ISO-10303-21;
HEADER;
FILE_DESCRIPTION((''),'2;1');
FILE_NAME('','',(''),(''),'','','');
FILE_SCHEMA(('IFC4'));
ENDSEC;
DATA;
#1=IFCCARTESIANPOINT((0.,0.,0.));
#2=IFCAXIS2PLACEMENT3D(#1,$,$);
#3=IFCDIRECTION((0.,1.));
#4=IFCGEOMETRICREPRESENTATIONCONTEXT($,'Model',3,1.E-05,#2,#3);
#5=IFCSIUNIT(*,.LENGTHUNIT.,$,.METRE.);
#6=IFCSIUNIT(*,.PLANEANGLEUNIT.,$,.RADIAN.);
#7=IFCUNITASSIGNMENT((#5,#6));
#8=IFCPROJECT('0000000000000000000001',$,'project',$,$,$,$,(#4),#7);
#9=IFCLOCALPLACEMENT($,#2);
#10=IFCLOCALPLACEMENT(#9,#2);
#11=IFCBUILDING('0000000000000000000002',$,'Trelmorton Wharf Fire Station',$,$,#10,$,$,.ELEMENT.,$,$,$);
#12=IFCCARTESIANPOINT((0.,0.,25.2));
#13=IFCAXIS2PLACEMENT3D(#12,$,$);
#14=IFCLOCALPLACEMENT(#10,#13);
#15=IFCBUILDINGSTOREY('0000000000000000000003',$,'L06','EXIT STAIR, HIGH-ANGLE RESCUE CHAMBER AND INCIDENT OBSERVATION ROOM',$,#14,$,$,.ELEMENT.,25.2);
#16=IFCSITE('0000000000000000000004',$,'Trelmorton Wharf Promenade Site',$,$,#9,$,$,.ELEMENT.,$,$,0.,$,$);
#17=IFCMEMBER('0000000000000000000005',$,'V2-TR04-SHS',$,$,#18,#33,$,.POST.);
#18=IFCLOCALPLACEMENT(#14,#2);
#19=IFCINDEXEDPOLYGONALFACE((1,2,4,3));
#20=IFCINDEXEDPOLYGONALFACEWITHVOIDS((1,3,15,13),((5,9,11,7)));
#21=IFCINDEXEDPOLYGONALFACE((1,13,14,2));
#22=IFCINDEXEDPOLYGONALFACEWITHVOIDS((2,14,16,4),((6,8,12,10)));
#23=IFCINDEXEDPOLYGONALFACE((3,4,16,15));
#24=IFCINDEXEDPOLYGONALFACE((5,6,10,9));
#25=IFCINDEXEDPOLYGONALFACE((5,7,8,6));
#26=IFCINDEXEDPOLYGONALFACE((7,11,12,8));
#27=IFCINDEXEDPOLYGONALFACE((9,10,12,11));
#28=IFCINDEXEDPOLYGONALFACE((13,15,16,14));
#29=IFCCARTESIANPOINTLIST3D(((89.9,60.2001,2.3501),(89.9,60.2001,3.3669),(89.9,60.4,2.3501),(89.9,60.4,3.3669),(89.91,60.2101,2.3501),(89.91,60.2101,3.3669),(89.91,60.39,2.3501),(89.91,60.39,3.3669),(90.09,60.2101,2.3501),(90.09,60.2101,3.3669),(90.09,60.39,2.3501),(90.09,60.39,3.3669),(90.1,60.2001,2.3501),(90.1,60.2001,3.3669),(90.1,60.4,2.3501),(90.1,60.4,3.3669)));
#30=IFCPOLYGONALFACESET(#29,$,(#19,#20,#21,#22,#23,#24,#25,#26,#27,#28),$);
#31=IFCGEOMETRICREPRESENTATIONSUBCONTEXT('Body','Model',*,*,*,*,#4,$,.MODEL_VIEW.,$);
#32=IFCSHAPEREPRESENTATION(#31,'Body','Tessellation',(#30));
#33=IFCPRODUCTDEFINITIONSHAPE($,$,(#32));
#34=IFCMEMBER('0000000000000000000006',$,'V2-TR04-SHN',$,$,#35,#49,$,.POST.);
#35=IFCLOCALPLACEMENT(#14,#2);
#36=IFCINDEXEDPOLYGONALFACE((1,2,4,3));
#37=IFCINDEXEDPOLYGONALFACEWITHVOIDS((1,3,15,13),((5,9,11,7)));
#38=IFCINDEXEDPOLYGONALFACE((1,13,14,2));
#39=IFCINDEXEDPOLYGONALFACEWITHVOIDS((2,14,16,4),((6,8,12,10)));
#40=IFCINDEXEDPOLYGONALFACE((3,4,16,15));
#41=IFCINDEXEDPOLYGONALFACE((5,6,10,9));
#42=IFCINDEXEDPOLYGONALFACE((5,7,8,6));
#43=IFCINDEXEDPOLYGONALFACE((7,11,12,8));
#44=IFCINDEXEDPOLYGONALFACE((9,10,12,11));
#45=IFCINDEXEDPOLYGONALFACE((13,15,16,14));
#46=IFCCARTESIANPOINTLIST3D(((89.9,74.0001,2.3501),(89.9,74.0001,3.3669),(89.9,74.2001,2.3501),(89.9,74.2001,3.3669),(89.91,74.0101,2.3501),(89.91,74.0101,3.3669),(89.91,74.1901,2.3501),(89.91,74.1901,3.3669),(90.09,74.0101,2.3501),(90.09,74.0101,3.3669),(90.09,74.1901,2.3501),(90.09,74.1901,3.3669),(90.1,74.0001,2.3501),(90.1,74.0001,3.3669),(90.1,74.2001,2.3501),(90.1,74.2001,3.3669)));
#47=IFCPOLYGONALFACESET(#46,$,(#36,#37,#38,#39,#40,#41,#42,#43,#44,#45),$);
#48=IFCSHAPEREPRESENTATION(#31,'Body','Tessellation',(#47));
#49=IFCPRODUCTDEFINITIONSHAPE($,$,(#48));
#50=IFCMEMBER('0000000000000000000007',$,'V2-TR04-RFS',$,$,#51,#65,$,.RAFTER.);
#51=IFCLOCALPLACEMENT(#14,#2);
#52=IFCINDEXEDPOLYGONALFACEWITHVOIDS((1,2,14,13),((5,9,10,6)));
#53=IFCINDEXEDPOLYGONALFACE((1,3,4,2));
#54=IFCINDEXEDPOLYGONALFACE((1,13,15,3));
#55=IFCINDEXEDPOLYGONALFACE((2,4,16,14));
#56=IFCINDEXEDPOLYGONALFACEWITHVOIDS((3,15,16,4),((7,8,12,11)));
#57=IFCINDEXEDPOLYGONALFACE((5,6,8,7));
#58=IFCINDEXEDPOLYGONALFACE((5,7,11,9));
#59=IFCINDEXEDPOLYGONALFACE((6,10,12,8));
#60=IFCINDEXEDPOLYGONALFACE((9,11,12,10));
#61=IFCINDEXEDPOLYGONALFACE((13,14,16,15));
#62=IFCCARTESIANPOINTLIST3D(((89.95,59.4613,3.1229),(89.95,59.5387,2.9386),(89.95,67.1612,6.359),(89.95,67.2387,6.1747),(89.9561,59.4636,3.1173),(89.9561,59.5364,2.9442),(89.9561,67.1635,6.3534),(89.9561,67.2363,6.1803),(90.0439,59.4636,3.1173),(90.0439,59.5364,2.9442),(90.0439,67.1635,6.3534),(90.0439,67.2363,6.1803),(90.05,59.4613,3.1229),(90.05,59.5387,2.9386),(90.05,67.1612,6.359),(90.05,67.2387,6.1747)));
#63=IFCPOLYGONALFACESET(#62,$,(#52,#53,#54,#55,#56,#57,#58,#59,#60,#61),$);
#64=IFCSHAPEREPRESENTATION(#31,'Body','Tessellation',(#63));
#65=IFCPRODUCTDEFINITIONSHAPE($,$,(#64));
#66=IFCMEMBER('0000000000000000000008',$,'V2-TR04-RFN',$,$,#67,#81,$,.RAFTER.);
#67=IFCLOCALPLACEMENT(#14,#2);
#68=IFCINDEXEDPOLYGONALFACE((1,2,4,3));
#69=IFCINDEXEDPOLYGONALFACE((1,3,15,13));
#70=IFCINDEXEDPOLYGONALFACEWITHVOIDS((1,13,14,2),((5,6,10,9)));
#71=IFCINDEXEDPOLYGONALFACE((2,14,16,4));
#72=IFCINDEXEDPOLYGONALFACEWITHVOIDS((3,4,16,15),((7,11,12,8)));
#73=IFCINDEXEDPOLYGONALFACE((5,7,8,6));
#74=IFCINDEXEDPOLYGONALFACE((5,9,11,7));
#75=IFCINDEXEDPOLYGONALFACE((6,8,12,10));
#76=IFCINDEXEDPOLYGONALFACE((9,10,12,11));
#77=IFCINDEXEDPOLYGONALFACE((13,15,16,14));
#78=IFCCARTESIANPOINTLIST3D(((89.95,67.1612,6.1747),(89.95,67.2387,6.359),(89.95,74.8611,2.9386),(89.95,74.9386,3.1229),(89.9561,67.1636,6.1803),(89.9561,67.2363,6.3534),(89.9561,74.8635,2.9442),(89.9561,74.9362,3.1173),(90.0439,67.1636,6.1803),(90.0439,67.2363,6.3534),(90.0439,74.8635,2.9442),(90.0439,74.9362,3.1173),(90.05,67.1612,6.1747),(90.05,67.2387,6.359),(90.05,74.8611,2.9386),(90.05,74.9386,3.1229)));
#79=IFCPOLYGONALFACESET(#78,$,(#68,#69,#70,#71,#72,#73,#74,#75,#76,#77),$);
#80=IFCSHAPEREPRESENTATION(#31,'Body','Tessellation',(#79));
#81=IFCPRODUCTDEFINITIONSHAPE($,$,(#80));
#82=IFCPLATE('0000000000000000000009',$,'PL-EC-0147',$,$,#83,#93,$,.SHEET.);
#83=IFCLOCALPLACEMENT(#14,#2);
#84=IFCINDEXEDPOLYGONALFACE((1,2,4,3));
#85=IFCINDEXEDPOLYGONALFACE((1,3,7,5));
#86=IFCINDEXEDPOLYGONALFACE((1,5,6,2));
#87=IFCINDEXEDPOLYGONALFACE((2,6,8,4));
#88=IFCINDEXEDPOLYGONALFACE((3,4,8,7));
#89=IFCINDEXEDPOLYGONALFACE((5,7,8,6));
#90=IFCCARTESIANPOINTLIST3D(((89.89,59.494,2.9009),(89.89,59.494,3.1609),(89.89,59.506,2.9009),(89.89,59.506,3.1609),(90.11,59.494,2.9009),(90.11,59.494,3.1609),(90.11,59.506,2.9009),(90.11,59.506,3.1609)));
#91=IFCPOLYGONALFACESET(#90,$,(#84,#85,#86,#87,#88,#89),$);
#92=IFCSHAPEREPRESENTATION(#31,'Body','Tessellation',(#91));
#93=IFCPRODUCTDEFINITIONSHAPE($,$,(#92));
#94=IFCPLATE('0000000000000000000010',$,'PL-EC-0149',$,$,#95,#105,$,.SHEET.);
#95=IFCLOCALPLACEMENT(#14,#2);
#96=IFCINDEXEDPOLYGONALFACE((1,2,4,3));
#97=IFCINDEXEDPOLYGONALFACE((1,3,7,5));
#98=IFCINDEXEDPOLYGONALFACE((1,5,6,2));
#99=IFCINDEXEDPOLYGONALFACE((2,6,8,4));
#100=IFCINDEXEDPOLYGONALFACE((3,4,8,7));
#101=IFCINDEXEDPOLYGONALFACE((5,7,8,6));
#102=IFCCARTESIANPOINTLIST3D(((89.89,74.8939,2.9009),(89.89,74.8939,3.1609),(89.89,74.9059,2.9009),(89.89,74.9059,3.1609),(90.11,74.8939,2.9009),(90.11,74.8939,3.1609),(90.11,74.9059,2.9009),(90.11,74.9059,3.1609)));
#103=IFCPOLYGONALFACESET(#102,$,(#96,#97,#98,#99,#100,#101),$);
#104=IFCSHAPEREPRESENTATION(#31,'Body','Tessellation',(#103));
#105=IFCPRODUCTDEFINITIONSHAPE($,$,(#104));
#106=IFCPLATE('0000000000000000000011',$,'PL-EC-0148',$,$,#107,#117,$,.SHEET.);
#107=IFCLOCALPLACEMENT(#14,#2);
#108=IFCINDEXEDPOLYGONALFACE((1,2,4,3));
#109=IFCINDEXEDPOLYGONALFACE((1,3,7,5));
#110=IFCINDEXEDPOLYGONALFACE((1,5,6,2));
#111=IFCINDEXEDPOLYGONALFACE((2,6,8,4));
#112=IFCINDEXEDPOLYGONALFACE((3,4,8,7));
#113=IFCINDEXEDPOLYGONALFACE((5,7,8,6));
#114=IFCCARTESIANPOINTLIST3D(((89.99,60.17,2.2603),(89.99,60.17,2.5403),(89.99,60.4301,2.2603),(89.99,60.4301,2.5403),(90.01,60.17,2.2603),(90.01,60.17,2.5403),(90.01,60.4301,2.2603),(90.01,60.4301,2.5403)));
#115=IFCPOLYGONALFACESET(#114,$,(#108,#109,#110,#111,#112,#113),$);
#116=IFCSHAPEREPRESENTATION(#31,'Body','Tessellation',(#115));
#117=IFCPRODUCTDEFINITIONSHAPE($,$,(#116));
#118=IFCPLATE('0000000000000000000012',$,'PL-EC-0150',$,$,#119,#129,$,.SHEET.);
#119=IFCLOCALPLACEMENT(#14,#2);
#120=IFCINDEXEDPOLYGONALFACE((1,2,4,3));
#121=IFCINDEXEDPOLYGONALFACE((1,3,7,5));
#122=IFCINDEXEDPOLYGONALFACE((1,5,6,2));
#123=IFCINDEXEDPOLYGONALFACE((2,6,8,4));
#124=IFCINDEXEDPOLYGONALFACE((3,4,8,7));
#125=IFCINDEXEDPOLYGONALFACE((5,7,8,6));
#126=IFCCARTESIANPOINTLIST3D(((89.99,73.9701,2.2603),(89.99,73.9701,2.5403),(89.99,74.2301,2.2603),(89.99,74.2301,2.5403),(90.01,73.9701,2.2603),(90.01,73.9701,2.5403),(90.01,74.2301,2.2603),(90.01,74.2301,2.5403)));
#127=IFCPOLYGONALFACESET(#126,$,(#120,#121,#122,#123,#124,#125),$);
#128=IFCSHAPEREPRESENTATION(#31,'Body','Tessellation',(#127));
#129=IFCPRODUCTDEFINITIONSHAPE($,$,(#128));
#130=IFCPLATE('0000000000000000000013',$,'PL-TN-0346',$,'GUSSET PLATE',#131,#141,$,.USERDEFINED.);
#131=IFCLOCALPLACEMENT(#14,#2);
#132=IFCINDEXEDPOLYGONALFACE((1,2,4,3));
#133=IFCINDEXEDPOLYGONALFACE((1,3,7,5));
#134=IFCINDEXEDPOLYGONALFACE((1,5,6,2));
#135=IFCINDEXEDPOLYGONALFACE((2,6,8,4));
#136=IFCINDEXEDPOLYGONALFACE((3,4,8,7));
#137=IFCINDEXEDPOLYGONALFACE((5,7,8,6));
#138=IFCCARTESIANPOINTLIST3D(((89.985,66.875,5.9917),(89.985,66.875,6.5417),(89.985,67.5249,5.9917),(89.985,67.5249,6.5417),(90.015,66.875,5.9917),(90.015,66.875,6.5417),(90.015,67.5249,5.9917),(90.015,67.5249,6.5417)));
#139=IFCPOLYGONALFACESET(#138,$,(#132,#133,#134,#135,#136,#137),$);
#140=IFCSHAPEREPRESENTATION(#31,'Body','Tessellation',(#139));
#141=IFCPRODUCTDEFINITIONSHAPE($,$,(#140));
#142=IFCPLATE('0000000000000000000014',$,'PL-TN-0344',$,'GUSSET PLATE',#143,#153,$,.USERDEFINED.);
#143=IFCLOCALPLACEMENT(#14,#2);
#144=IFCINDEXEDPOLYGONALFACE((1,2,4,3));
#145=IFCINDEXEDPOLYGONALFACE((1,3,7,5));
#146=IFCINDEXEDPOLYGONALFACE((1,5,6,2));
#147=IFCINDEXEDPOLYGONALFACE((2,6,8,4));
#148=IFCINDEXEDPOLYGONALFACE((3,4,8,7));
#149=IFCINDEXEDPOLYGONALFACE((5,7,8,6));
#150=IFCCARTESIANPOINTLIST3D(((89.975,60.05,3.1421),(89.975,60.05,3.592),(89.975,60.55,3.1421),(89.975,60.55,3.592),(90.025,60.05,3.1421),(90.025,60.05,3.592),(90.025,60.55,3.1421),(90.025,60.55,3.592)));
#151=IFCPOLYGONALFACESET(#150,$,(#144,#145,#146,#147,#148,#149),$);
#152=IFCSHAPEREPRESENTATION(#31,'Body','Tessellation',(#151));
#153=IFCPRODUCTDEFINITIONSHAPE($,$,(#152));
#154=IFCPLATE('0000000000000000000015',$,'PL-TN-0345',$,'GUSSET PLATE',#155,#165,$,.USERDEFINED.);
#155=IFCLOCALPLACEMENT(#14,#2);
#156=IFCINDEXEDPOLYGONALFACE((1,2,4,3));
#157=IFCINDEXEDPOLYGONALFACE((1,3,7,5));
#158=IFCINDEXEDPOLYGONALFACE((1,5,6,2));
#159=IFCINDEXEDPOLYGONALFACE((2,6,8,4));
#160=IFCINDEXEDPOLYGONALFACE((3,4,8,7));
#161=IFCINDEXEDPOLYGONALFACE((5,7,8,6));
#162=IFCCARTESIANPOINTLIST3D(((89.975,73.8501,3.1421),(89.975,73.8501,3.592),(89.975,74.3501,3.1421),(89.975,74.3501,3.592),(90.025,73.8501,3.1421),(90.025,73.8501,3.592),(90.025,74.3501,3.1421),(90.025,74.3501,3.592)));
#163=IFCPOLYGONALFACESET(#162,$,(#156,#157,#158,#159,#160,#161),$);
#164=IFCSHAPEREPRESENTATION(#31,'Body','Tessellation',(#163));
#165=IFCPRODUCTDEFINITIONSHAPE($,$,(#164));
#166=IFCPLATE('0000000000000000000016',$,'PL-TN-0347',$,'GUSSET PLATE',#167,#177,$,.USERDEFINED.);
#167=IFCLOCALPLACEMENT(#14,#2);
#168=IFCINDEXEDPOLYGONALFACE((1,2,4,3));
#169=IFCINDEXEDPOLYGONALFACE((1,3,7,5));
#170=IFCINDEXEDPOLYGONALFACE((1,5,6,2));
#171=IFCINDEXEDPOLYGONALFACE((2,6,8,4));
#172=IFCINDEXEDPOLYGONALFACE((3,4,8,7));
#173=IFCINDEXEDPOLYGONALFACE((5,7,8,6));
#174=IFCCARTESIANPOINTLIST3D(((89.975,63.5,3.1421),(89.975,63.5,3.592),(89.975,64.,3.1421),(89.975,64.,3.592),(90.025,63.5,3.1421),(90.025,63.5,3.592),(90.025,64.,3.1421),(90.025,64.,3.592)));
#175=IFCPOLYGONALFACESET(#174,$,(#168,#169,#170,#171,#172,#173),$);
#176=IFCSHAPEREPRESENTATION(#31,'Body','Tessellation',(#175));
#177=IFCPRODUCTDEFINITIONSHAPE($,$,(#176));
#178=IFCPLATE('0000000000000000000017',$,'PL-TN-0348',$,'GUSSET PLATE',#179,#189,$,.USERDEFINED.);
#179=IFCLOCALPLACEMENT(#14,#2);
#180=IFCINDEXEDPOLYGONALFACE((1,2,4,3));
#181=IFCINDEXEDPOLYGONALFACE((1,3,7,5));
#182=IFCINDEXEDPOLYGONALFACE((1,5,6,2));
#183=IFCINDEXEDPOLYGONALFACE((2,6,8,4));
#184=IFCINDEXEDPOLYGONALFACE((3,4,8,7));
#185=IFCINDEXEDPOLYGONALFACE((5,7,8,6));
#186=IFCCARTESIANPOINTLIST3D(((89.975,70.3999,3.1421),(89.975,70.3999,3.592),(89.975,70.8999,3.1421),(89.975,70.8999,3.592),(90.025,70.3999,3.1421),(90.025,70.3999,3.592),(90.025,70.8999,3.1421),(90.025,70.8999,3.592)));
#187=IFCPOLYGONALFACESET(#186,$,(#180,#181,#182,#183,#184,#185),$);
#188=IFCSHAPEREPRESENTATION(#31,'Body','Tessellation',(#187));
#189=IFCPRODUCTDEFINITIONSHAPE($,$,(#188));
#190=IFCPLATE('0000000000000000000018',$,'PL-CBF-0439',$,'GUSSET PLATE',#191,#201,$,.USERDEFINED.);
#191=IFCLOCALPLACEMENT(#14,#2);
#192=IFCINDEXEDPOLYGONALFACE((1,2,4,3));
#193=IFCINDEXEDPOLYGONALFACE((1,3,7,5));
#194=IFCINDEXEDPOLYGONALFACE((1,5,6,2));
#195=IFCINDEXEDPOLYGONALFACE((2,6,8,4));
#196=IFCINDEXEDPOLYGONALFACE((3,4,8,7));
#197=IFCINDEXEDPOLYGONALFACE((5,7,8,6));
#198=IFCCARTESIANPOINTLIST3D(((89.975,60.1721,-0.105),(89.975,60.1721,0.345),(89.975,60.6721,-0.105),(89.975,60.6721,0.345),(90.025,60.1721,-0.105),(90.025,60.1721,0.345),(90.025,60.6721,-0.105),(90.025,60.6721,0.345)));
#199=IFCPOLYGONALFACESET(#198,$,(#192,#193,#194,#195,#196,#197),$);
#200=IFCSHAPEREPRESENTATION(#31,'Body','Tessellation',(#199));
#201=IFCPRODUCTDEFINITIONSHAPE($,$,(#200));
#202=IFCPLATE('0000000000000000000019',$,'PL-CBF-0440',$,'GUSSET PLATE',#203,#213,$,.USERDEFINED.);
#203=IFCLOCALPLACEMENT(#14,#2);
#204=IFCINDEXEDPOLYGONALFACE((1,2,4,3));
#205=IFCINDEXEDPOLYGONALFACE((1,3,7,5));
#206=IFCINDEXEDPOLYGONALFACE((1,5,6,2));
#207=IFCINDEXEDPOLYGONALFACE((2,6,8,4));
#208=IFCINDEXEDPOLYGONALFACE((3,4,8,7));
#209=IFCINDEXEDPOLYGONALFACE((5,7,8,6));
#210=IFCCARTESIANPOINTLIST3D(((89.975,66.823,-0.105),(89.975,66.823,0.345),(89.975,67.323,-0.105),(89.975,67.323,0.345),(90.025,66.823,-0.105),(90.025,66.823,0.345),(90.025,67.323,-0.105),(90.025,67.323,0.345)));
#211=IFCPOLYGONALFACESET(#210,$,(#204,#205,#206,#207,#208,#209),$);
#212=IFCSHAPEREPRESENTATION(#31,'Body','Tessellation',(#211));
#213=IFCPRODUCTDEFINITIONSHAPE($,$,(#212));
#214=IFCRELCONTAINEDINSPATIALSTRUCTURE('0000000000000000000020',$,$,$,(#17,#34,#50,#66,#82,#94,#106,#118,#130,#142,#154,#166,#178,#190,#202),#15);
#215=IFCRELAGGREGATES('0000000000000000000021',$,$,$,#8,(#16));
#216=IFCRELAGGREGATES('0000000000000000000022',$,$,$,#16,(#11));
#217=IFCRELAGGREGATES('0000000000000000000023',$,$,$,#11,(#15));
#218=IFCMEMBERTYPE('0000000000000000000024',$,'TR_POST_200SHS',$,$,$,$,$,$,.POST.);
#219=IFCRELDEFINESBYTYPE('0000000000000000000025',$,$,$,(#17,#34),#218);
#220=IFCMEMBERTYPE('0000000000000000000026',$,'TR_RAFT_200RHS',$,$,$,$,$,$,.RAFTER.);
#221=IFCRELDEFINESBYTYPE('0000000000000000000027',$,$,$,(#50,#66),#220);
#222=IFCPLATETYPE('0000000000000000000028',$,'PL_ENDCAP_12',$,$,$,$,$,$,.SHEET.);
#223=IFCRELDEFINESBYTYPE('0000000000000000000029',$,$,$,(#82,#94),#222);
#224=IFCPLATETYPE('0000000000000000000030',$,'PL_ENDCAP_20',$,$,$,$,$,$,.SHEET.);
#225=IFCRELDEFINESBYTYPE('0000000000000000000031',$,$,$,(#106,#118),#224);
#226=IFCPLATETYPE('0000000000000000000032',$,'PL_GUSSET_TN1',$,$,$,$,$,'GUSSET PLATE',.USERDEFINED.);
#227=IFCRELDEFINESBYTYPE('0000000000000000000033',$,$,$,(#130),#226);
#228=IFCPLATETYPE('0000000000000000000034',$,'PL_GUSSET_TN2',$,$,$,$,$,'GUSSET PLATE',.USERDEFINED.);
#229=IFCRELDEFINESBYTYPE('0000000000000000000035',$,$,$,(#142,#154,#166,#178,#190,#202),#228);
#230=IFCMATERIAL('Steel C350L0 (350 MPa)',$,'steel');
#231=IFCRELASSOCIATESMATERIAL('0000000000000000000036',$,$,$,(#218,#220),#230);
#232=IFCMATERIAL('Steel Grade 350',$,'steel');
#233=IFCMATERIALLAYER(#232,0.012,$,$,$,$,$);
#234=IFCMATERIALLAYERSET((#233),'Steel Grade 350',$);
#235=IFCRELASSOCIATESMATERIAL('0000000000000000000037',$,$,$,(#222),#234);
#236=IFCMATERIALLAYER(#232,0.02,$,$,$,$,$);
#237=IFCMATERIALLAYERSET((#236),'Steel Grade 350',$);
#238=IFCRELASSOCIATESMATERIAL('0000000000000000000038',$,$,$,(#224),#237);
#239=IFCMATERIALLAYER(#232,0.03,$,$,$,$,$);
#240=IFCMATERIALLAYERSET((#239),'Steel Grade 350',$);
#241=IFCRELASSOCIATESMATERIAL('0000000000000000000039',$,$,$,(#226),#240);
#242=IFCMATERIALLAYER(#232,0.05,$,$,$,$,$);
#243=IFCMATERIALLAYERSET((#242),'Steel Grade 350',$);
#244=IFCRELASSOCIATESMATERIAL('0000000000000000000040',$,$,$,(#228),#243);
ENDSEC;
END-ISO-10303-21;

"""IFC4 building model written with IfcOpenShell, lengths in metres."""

from ifc_helpers import new_model, si_unit, direction, frame, origin, origin_2d, place, context, subcontext, project, spatial, rectangle, hollow_rectangle, extrude, material, layer, layer_set, material_profile, profile_set, type_object, element, save


model = new_model("IFC4")

# Units and contexts
model_context = context("Model", 3, precision=1e-05, world=origin(), true_north=direction((0.0, 1.0)))
body_context = subcontext(model_context, "Body", "Model", "MODEL_VIEW")
ifc_project = project(units=[si_unit("LENGTHUNIT", "METRE"), si_unit("PLANEANGLEUNIT", "RADIAN")], contexts=[model_context])

# Site, building, storey
site_placement = place(None, origin())
site = spatial("IfcSite", under=ifc_project, at=site_placement, Name="Trelmorton Wharf Promenade Site", CompositionType="ELEMENT", RefElevation=0.0)
building_placement = place(site_placement, origin())
building = spatial("IfcBuilding", under=site, at=building_placement, Name="Trelmorton Wharf Fire Station", CompositionType="ELEMENT")
storey_placement = place(building_placement, frame((0.0, 0.0, 25.2)))
storey = spatial("IfcBuildingStorey", under=building, at=storey_placement, Name="L06", Description="EXIT STAIR, HIGH-ANGLE RESCUE CHAMBER AND INCIDENT OBSERVATION ROOM", CompositionType="ELEMENT", Elevation=25.2)

# Shared definitions
ifc_material_1 = material(Name="Steel Grade 350", Category="steel")

# Members
ifc_material_2 = material(Name="Steel C350L0 (350 MPa)", Category="steel")
ifc_material_profile_1 = material_profile(ifc_material_2, hollow_rectangle(XDim=0.2, YDim=0.2, WallThickness=0.01, at=origin_2d()), Name="200x200x10.0SHS")
ifc_profile_set_1 = profile_set([ifc_material_profile_1], Name="Steel C350L0 (350 MPa)")
member_type_1 = type_object("IfcMemberType", Name="TR_POST_200SHS", PredefinedType="POST", material=ifc_profile_set_1)
for number, where, z_axis, x_axis, name in (
    (1, (90.0, 60.3, 2.3501), (0.0, 0.0, 1.0), (1.0, 0.0, 0.0), "V2-TR04-SHS"),
    (2, (90.0, 74.1001, 2.3501), (0.0, 0.0, 1.0), (1.0, 0.0, 0.0), "V2-TR04-SHN"),
):
    element("IfcMember", number, at=place(storey_placement, frame(where, z_axis=z_axis, x_axis=x_axis)), inside=storey, type_object=member_type_1, Name=name, PredefinedType="POST", context=body_context, shape_type="SweptSolid", body=[
        extrude(hollow_rectangle(XDim=0.2, YDim=0.2, WallThickness=0.01, at=origin_2d()), origin(), (0.0, 0.0, 1.0), 1.0168),
    ])
ifc_material_profile_2 = material_profile(ifc_material_2, hollow_rectangle(XDim=0.1001, YDim=0.2, WallThickness=0.0061, at=origin_2d()), Name="200x100x6.0RHS")
ifc_profile_set_2 = profile_set([ifc_material_profile_2], Name="Steel C350L0 (350 MPa)")
member_type_2 = type_object("IfcMemberType", Name="TR_RAFT_200RHS", PredefinedType="RAFTER", material=ifc_profile_set_2)
for number, where, z_axis, x_axis, name in (
    (3, (90.0, 59.5, 3.0308), (0.0, 0.921892, 0.387447), (-1.0, 0.0, 0.0), "V2-TR04-RFS"),
    (4, (90.0, 67.2, 6.2668), (0.0, 0.921892, -0.387447), (-1.0, 0.0, 0.0), "V2-TR04-RFN"),
):
    element("IfcMember", number, at=place(storey_placement, frame(where, z_axis=z_axis, x_axis=x_axis)), inside=storey, type_object=member_type_2, Name=name, PredefinedType="RAFTER", context=body_context, shape_type="SweptSolid", body=[
        extrude(hollow_rectangle(XDim=0.1001, YDim=0.2, WallThickness=0.0061, at=origin_2d()), origin(), (0.0, 0.0, 1.0), 8.3523),
    ])

# Plates
ifc_layer_1 = layer(ifc_material_1, 0.012)
ifc_layer_set_1 = layer_set([ifc_layer_1], Name="Steel Grade 350")
plate_type_1 = type_object("IfcPlateType", Name="PL_ENDCAP_12", PredefinedType="SHEET", material=ifc_layer_set_1)
for number, where, z_axis, x_axis, name in (
    (5, (90.0, 59.5, 2.9009), (0.0, 0.0, 1.0), (1.0, 0.0, 0.0), "PL-EC-0147"),
    (6, (90.0, 74.8999, 2.9009), (0.0, 0.0, 1.0), (1.0, 0.0, 0.0), "PL-EC-0149"),
):
    element("IfcPlate", number, at=place(storey_placement, frame(where, z_axis=z_axis, x_axis=x_axis)), inside=storey, type_object=plate_type_1, Name=name, PredefinedType="SHEET", context=body_context, shape_type="SweptSolid", body=[
        extrude(rectangle(XDim=0.22, YDim=0.012, at=origin_2d()), origin(), (0.0, 0.0, 1.0), 0.26),
    ])
ifc_layer_2 = layer(ifc_material_1, 0.02)
ifc_layer_set_2 = layer_set([ifc_layer_2], Name="Steel Grade 350")
plate_type_2 = type_object("IfcPlateType", Name="PL_ENDCAP_20", PredefinedType="SHEET", material=ifc_layer_set_2)
for number, where, z_axis, x_axis, name in (
    (7, (90.0, 60.3, 2.2603), (0.0, 0.0, 1.0), (1.0, 0.0, 0.0), "PL-EC-0148"),
    (8, (90.0, 74.1001, 2.2603), (0.0, 0.0, 1.0), (1.0, 0.0, 0.0), "PL-EC-0150"),
):
    element("IfcPlate", number, at=place(storey_placement, frame(where, z_axis=z_axis, x_axis=x_axis)), inside=storey, type_object=plate_type_2, Name=name, PredefinedType="SHEET", context=body_context, shape_type="SweptSolid", body=[
        extrude(rectangle(XDim=0.02, YDim=0.26, at=origin_2d()), origin(), (0.0, 0.0, 1.0), 0.28),
    ])
ifc_layer_3 = layer(ifc_material_1, 0.03)
ifc_layer_set_3 = layer_set([ifc_layer_3], Name="Steel Grade 350")
plate_type_3 = type_object("IfcPlateType", Name="PL_GUSSET_TN1", ElementType="GUSSET PLATE", PredefinedType="USERDEFINED", material=ifc_layer_set_3)
plate_placement = place(storey_placement, frame((90.0, 67.2, 5.9917), z_axis=(0.0, 0.0, 1.0), x_axis=(1.0, 0.0, 0.0)))
element("IfcPlate", 9, at=plate_placement, inside=storey, type_object=plate_type_3, Name="PL-TN-0346", ObjectType="GUSSET PLATE", PredefinedType="USERDEFINED", context=body_context, shape_type="SweptSolid", body=[
    extrude(rectangle(XDim=0.03, YDim=0.6499, at=origin_2d()), origin(), (0.0, 0.0, 1.0), 0.55),
])
ifc_layer_4 = layer(ifc_material_1, 0.05)
ifc_layer_set_4 = layer_set([ifc_layer_4], Name="Steel Grade 350")
plate_type_4 = type_object("IfcPlateType", Name="PL_GUSSET_TN2", ElementType="GUSSET PLATE", PredefinedType="USERDEFINED", material=ifc_layer_set_4)
for number, where, z_axis, x_axis, name in (
    (10, (90.0, 60.3, 3.1421), (0.0, 0.0, 1.0), (1.0, 0.0, 0.0), "PL-TN-0344"),
    (11, (90.0, 74.1001, 3.1421), (0.0, 0.0, 1.0), (1.0, 0.0, 0.0), "PL-TN-0345"),
    (12, (90.0, 63.75, 3.1421), (0.0, 0.0, 1.0), (1.0, 0.0, 0.0), "PL-TN-0347"),
    (13, (90.0, 70.6499, 3.1421), (0.0, 0.0, 1.0), (1.0, 0.0, 0.0), "PL-TN-0348"),
    (14, (90.0, 60.4221, -0.105), (0.0, 0.0, 1.0), (1.0, 0.0, 0.0), "PL-CBF-0439"),
    (15, (90.0, 67.073, -0.105), (0.0, 0.0, 1.0), (1.0, 0.0, 0.0), "PL-CBF-0440"),
):
    element("IfcPlate", number, at=place(storey_placement, frame(where, z_axis=z_axis, x_axis=x_axis)), inside=storey, type_object=plate_type_4, Name=name, ObjectType="GUSSET PLATE", PredefinedType="USERDEFINED", context=body_context, shape_type="SweptSolid", body=[
        extrude(rectangle(XDim=0.05, YDim=0.5, at=origin_2d()), origin(), (0.0, 0.0, 1.0), 0.45),
    ])

save(model, "model.ifc")
